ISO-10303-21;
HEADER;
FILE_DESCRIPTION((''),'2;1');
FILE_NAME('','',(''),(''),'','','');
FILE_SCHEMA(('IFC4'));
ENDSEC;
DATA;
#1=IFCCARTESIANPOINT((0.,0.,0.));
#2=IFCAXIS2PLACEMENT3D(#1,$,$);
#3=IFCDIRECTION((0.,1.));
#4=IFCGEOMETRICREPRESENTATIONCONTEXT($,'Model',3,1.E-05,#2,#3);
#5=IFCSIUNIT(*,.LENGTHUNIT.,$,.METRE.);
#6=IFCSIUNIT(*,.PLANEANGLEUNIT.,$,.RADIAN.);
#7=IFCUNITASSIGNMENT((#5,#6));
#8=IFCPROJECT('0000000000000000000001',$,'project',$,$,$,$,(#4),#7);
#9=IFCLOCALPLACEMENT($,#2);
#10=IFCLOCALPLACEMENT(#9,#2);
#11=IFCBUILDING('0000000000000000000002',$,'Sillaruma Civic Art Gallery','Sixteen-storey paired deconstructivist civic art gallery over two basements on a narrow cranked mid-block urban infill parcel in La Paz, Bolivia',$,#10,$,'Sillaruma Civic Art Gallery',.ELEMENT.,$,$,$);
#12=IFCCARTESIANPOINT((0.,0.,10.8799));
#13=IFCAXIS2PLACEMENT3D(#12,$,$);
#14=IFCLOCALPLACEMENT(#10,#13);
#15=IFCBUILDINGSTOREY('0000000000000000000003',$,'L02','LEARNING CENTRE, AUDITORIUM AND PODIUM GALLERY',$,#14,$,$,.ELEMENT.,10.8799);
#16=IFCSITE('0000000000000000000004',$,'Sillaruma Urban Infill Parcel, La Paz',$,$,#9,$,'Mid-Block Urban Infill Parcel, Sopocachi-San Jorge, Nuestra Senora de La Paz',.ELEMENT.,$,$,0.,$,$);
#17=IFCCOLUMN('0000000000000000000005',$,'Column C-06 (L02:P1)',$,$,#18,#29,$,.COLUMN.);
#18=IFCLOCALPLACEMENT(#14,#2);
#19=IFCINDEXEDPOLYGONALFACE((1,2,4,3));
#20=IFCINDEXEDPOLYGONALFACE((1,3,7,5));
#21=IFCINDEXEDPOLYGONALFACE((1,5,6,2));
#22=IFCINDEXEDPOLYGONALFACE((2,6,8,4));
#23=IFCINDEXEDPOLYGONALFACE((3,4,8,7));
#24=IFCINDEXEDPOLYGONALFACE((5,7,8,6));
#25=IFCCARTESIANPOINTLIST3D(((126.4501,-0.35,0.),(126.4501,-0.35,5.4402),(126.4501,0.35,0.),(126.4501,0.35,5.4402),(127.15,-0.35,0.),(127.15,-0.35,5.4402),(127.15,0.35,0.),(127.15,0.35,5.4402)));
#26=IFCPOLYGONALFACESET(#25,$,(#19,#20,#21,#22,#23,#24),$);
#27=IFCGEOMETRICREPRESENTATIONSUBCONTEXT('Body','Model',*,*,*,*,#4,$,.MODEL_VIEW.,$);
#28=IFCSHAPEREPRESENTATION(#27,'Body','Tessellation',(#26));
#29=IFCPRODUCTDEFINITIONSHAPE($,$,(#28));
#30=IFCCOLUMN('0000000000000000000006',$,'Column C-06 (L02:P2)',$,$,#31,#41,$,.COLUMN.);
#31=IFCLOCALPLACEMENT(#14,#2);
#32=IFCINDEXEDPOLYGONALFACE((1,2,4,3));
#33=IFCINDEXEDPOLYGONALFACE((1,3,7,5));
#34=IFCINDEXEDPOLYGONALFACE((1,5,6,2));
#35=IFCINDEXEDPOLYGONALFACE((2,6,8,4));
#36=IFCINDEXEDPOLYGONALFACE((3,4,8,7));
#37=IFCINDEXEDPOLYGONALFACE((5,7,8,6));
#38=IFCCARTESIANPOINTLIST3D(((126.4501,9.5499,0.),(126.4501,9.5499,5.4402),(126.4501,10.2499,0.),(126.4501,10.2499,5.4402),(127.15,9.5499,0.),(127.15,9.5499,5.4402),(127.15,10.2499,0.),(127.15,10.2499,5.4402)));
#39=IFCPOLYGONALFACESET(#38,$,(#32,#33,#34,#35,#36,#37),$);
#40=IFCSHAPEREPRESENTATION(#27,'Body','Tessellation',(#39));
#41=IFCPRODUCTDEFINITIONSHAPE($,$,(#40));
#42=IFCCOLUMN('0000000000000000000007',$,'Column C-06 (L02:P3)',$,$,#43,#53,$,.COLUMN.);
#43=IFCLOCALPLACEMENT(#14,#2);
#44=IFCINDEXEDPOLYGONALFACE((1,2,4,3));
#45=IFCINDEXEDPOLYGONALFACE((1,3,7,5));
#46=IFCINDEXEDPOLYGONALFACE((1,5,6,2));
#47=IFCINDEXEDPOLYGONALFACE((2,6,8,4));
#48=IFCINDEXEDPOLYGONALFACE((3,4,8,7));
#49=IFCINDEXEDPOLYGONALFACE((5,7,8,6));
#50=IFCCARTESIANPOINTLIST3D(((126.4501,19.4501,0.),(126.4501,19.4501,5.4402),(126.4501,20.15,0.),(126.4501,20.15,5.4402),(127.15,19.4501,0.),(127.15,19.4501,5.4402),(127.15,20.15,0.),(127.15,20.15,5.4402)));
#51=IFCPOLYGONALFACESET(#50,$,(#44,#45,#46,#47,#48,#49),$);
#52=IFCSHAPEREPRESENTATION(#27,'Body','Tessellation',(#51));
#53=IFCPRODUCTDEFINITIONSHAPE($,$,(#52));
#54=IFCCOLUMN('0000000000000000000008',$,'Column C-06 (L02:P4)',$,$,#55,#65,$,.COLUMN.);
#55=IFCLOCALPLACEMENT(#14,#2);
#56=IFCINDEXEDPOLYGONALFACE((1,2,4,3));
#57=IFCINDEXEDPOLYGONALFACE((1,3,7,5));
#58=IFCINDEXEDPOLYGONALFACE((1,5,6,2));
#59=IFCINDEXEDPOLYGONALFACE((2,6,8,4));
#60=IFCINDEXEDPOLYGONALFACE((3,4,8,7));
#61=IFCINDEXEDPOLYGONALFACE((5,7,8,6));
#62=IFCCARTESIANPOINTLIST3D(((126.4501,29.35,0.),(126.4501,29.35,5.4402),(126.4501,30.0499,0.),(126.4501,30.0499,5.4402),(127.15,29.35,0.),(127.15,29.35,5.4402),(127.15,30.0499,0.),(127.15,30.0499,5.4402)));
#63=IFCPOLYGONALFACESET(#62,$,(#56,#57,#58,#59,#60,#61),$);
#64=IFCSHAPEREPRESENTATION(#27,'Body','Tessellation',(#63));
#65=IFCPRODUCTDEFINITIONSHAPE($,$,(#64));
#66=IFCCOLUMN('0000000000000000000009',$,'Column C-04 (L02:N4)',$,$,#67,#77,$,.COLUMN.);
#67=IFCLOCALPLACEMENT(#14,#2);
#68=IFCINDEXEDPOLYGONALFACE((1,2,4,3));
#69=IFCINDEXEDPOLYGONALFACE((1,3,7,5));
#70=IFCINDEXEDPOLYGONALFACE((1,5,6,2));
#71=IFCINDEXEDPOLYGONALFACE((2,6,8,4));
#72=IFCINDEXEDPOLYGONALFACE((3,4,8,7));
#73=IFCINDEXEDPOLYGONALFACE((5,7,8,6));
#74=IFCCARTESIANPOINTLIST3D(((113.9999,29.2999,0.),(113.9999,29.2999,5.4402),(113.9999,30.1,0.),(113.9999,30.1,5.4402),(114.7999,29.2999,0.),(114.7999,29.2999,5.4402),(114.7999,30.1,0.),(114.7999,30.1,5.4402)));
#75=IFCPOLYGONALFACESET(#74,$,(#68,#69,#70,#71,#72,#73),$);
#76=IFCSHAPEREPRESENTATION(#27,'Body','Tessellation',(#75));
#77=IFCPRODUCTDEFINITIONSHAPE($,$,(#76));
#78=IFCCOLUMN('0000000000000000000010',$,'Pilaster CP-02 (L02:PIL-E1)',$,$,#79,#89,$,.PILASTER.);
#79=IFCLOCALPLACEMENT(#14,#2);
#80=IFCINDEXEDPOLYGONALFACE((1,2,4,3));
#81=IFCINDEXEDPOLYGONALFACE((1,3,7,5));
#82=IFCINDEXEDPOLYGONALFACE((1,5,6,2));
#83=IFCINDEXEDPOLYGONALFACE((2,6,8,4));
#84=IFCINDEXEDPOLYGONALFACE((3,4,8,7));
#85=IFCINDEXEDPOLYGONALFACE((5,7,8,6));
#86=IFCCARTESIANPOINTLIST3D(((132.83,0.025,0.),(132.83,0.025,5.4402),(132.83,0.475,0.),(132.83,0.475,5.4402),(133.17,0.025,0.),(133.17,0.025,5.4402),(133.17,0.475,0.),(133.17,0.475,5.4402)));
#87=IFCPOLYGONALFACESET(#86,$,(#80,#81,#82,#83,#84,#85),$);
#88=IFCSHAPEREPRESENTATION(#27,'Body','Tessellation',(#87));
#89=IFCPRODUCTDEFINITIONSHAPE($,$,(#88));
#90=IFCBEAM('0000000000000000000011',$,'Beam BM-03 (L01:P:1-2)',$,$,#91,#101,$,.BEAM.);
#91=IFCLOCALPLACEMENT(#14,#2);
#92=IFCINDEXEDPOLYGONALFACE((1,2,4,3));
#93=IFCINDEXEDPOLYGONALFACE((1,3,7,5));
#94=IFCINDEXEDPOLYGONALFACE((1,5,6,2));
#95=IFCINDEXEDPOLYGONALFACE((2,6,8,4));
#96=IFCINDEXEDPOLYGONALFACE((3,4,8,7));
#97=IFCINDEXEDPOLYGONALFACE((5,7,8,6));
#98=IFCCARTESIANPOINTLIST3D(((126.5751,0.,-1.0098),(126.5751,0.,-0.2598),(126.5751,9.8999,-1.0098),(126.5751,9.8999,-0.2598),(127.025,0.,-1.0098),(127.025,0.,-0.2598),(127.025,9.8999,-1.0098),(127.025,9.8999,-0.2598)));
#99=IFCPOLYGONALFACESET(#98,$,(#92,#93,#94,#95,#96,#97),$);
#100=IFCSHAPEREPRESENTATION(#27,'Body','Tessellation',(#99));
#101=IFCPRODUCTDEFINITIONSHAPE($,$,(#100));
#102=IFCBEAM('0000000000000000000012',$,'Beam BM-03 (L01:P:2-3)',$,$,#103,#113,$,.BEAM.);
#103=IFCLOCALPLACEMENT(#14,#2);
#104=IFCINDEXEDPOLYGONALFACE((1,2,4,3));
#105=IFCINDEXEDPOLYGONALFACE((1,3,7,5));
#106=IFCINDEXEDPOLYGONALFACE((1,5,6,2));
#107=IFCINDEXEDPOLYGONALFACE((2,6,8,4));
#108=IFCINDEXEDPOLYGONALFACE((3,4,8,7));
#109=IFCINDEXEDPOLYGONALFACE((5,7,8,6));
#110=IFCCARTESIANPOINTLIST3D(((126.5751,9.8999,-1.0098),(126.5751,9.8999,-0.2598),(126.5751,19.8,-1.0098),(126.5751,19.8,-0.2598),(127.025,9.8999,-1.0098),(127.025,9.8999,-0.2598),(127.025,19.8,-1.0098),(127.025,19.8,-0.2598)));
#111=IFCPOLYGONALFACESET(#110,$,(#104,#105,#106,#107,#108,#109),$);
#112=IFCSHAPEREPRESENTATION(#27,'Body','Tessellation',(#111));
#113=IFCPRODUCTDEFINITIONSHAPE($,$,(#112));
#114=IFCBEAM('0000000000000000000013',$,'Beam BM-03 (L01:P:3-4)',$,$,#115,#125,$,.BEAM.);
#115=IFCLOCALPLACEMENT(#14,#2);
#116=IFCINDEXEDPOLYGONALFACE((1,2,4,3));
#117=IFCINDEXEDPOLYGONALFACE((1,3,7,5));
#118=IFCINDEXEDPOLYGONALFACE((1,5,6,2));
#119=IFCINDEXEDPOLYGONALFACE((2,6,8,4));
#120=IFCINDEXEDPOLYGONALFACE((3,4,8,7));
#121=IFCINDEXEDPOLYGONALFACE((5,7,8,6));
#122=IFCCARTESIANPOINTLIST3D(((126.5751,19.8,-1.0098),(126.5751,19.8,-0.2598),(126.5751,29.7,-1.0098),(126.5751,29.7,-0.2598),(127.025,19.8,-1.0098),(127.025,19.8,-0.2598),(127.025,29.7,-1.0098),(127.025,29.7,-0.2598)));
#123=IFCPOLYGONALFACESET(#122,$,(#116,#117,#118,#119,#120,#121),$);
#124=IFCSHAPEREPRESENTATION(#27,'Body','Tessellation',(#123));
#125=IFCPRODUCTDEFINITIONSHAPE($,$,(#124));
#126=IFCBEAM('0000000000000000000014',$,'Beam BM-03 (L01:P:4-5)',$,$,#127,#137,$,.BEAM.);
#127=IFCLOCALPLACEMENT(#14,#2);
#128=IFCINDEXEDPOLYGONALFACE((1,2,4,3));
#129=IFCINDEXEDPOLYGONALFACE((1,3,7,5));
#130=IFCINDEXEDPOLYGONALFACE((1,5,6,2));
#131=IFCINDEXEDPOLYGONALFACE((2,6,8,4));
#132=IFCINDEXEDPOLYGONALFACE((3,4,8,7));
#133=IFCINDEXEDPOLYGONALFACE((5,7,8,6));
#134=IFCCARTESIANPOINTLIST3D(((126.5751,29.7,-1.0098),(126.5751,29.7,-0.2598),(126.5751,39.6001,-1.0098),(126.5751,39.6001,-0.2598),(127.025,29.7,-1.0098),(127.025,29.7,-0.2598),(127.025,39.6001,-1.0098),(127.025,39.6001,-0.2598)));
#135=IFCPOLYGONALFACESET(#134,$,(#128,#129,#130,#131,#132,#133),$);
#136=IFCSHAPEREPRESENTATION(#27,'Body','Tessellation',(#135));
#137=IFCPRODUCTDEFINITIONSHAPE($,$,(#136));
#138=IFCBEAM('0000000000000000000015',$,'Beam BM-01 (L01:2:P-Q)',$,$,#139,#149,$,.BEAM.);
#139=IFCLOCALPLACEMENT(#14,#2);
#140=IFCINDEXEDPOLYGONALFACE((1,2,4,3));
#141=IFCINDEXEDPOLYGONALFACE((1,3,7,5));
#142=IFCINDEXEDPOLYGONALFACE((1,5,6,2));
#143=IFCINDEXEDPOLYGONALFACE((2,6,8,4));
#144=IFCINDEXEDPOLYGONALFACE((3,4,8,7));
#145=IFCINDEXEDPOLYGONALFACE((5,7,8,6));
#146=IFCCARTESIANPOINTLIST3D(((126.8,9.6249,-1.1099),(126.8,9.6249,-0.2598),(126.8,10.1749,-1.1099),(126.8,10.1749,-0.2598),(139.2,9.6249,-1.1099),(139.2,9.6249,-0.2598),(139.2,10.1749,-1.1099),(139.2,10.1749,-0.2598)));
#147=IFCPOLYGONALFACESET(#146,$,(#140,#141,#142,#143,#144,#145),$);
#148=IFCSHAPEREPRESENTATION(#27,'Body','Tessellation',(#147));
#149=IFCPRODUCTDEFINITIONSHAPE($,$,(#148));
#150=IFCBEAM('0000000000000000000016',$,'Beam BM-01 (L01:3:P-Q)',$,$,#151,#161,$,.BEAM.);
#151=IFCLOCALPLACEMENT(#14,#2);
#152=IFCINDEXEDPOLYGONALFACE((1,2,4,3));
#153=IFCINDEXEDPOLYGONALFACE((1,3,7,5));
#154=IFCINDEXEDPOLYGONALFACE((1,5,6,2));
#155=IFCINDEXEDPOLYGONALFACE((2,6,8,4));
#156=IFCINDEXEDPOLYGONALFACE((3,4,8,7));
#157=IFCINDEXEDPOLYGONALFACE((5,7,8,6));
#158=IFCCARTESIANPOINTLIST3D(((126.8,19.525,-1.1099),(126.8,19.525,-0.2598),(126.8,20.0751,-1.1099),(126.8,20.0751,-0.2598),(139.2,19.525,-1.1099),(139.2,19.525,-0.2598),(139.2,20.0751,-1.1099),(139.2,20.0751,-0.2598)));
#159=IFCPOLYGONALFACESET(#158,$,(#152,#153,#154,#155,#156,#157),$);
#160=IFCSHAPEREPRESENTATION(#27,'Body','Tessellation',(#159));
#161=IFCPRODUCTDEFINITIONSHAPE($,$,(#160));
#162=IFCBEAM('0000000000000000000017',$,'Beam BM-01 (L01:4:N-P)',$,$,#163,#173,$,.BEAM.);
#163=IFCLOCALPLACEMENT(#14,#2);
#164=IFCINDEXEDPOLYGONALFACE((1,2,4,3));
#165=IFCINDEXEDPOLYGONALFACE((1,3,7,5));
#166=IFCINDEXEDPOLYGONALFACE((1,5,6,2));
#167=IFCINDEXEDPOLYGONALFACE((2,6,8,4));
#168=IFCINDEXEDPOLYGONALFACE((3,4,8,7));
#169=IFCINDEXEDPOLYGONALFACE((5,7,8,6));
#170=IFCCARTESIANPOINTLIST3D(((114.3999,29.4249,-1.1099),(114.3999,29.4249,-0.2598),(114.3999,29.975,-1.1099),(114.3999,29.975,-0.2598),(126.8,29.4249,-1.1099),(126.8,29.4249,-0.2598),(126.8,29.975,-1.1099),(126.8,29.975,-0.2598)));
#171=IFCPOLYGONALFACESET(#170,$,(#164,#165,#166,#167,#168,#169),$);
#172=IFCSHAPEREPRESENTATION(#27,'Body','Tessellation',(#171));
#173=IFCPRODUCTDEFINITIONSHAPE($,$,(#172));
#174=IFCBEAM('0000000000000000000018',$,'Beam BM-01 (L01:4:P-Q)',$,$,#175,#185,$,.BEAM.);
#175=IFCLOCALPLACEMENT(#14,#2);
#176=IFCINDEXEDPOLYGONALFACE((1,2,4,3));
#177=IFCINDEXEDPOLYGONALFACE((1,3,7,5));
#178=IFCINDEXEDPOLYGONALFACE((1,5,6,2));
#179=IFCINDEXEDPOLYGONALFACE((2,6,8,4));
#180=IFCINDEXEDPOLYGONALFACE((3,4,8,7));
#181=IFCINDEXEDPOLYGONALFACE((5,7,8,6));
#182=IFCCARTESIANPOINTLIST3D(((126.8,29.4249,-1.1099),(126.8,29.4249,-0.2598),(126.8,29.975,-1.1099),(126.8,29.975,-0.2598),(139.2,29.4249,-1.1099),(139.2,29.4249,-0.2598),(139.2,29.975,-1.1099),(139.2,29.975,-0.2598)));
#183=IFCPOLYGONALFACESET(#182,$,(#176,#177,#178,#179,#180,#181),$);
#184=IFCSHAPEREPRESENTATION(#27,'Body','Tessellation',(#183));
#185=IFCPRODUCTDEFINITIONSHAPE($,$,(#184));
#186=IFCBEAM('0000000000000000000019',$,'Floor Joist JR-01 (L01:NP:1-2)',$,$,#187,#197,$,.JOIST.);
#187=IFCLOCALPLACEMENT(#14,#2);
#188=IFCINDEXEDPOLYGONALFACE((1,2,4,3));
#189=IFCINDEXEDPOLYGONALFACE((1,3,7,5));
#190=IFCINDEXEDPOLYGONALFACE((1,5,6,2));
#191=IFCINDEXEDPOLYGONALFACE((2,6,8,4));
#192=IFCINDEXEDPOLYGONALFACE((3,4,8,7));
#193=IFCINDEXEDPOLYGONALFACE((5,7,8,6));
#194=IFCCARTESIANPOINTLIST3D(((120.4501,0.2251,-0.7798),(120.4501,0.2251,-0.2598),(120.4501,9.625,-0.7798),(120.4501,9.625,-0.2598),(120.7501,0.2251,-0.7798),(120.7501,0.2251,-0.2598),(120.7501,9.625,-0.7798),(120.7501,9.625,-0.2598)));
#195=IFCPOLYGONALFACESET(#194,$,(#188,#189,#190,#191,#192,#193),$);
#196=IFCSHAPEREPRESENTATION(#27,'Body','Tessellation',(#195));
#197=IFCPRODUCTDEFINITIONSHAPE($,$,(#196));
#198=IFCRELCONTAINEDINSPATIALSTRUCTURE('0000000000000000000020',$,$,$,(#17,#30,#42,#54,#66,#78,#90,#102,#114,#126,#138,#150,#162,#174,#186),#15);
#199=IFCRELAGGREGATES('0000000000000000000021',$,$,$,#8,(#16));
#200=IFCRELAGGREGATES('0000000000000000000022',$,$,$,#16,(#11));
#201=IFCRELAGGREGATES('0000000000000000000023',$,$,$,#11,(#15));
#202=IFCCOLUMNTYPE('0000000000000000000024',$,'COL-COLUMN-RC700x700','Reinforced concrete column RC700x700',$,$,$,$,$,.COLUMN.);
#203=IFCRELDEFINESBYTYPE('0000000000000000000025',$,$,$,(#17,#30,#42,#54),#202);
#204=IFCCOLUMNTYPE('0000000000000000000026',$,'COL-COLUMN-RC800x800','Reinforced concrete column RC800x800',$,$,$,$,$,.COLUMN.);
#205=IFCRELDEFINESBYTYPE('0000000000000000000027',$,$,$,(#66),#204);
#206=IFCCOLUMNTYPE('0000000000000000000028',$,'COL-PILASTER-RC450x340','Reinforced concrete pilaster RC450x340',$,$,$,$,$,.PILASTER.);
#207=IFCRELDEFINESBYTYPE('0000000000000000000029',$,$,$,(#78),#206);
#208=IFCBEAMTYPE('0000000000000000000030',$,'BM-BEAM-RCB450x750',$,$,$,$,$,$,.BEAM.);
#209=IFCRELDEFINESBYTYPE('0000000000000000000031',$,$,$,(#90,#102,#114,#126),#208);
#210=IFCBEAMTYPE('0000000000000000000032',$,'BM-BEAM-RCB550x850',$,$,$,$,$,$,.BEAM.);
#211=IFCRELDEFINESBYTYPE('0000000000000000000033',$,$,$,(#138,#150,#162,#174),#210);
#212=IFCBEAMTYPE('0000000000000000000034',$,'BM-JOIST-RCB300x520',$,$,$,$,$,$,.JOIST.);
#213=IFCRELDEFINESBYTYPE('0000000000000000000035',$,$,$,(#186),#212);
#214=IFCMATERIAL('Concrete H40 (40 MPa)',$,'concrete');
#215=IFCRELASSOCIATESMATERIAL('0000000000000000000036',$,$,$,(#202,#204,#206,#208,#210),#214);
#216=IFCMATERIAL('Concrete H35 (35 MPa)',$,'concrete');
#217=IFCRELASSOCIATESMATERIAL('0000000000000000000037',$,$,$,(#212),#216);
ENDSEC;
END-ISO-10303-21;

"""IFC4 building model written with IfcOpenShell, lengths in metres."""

from ifc_helpers import new_model, si_unit, direction, frame, origin, origin_2d, place, context, subcontext, project, spatial, rectangle, extrude, material, material_profile, profile_set, type_object, element, save


model = new_model("IFC4")

# Units and contexts
model_context = context("Model", 3, precision=1e-05, world=origin(), true_north=direction((0.0, 1.0)))
body_context = subcontext(model_context, "Body", "Model", "MODEL_VIEW")
ifc_project = project(units=[si_unit("LENGTHUNIT", "METRE"), si_unit("PLANEANGLEUNIT", "RADIAN")], contexts=[model_context])

# Site, building, storey
site_placement = place(None, origin())
site = spatial("IfcSite", under=ifc_project, at=site_placement, Name="Sillaruma Urban Infill Parcel, La Paz", LongName="Mid-Block Urban Infill Parcel, Sopocachi-San Jorge, Nuestra Senora de La Paz", CompositionType="ELEMENT", RefElevation=0.0)
building_placement = place(site_placement, origin())
building = spatial("IfcBuilding", under=site, at=building_placement, Name="Sillaruma Civic Art Gallery", Description="Sixteen-storey paired deconstructivist civic art gallery over two basements on a narrow cranked mid-block urban infill parcel in La Paz, Bolivia", LongName="Sillaruma Civic Art Gallery", CompositionType="ELEMENT")
storey_placement = place(building_placement, frame((0.0, 0.0, 10.8799)))
storey = spatial("IfcBuildingStorey", under=building, at=storey_placement, Name="L02", Description="LEARNING CENTRE, AUDITORIUM AND PODIUM GALLERY", CompositionType="ELEMENT", Elevation=10.8799)

# Columns
ifc_material_1 = material(Name="Concrete H40 (40 MPa)", Category="concrete")
ifc_material_profile_1 = material_profile(ifc_material_1, rectangle(XDim=0.7, YDim=0.7, at=origin_2d()), Name="RC700x700")
ifc_profile_set_1 = profile_set([ifc_material_profile_1], Name="Concrete H40 (40 MPa)")
column_type_1 = type_object("IfcColumnType", Name="COL-COLUMN-RC700x700", Description="Reinforced concrete column RC700x700", PredefinedType="COLUMN", material=ifc_profile_set_1)
for number, where, z_axis, x_axis, name in (
    (1, (126.8, 0.0, 0.0), (0.0, 0.0, 1.0), (1.0, 0.0, 0.0), "Column C-06 (L02:P1)"),
    (2, (126.8, 9.8999, 0.0), (0.0, 0.0, 1.0), (1.0, 0.0, 0.0), "Column C-06 (L02:P2)"),
    (3, (126.8, 19.8, 0.0), (0.0, 0.0, 1.0), (1.0, 0.0, 0.0), "Column C-06 (L02:P3)"),
    (4, (126.8, 29.7, 0.0), (0.0, 0.0, 1.0), (1.0, 0.0, 0.0), "Column C-06 (L02:P4)"),
):
    element("IfcColumn", number, at=place(storey_placement, frame(where, z_axis=z_axis, x_axis=x_axis)), inside=storey, type_object=column_type_1, Name=name, PredefinedType="COLUMN", context=body_context, shape_type="SweptSolid", body=[
        extrude(rectangle(XDim=0.7, YDim=0.7, at=origin_2d()), origin(), (0.0, 0.0, 1.0), 5.4402),
    ])
ifc_material_profile_2 = material_profile(ifc_material_1, rectangle(XDim=0.8, YDim=0.8, at=origin_2d()), Name="RC800x800")
ifc_profile_set_2 = profile_set([ifc_material_profile_2], Name="Concrete H40 (40 MPa)")
column_type_2 = type_object("IfcColumnType", Name="COL-COLUMN-RC800x800", Description="Reinforced concrete column RC800x800", PredefinedType="COLUMN", material=ifc_profile_set_2)
column_1_placement = place(storey_placement, frame((114.3999, 29.7, 0.0), z_axis=(0.0, 0.0, 1.0), x_axis=(1.0, 0.0, 0.0)))
element("IfcColumn", 5, at=column_1_placement, inside=storey, type_object=column_type_2, Name="Column C-04 (L02:N4)", PredefinedType="COLUMN", context=body_context, shape_type="SweptSolid", body=[
    extrude(rectangle(XDim=0.8, YDim=0.8, at=origin_2d()), origin(), (0.0, 0.0, 1.0), 5.4402),
])
ifc_material_profile_3 = material_profile(ifc_material_1, rectangle(XDim=0.3401, YDim=0.45, at=origin_2d()), Name="RC450x340")
ifc_profile_set_3 = profile_set([ifc_material_profile_3], Name="Concrete H40 (40 MPa)")
column_type_3 = type_object("IfcColumnType", Name="COL-PILASTER-RC450x340", Description="Reinforced concrete pilaster RC450x340", PredefinedType="PILASTER", material=ifc_profile_set_3)
column_2_placement = place(storey_placement, frame((133.0, 0.25, 0.0), z_axis=(0.0, 0.0, 1.0), x_axis=(1.0, 0.0, 0.0)))
element("IfcColumn", 6, at=column_2_placement, inside=storey, type_object=column_type_3, Name="Pilaster CP-02 (L02:PIL-E1)", PredefinedType="PILASTER", context=body_context, shape_type="SweptSolid", body=[
    extrude(rectangle(XDim=0.3401, YDim=0.45, at=origin_2d()), origin(), (0.0, 0.0, 1.0), 5.4402),
])

# Beams
ifc_material_profile_4 = material_profile(ifc_material_1, rectangle(XDim=0.45, YDim=0.75, at=origin_2d()), Name="RCB450x750")
ifc_profile_set_4 = profile_set([ifc_material_profile_4], Name="Concrete H40 (40 MPa)")
beam_type_1 = type_object("IfcBeamType", Name="BM-BEAM-RCB450x750", PredefinedType="BEAM", material=ifc_profile_set_4)
beam_1_placement = place(storey_placement, frame((126.8, 0.0, -0.6348), z_axis=(0.0, 1.0, 0.0), x_axis=(-1.0, 0.0, 0.0)))
element("IfcBeam", 7, at=beam_1_placement, inside=storey, type_object=beam_type_1, Name="Beam BM-03 (L01:P:1-2)", PredefinedType="BEAM", context=body_context, shape_type="SweptSolid", body=[
    extrude(rectangle(XDim=0.45, YDim=0.75, at=origin_2d()), origin(), (0.0, 0.0, 1.0), 9.8999),
])
beam_2_placement = place(storey_placement, frame((126.8, 9.8999, -0.6348), z_axis=(0.0, 1.0, 0.0), x_axis=(-1.0, 0.0, 0.0)))
element("IfcBeam", 8, at=beam_2_placement, inside=storey, type_object=beam_type_1, Name="Beam BM-03 (L01:P:2-3)", PredefinedType="BEAM", context=body_context, shape_type="SweptSolid", body=[
    extrude(rectangle(XDim=0.45, YDim=0.75, at=origin_2d()), origin(), (0.0, 0.0, 1.0), 9.9001),
])
beam_3_placement = place(storey_placement, frame((126.8, 19.8, -0.6348), z_axis=(0.0, 1.0, 0.0), x_axis=(-1.0, 0.0, 0.0)))
element("IfcBeam", 9, at=beam_3_placement, inside=storey, type_object=beam_type_1, Name="Beam BM-03 (L01:P:3-4)", PredefinedType="BEAM", context=body_context, shape_type="SweptSolid", body=[
    extrude(rectangle(XDim=0.45, YDim=0.75, at=origin_2d()), origin(), (0.0, 0.0, 1.0), 9.8999),
])
beam_4_placement = place(storey_placement, frame((126.8, 29.7, -0.6348), z_axis=(0.0, 1.0, 0.0), x_axis=(-1.0, 0.0, 0.0)))
element("IfcBeam", 10, at=beam_4_placement, inside=storey, type_object=beam_type_1, Name="Beam BM-03 (L01:P:4-5)", PredefinedType="BEAM", context=body_context, shape_type="SweptSolid", body=[
    extrude(rectangle(XDim=0.45, YDim=0.75, at=origin_2d()), origin(), (0.0, 0.0, 1.0), 9.9001),
])
ifc_material_profile_5 = material_profile(ifc_material_1, rectangle(XDim=0.55, YDim=0.8501, at=origin_2d()), Name="RCB550x850")
ifc_profile_set_5 = profile_set([ifc_material_profile_5], Name="Concrete H40 (40 MPa)")
beam_type_2 = type_object("IfcBeamType", Name="BM-BEAM-RCB550x850", PredefinedType="BEAM", material=ifc_profile_set_5)
for number, where, z_axis, x_axis, name in (
    (11, (126.8, 9.8999, -0.6848), (1.0, 0.0, 0.0), (0.0, 1.0, 0.0), "Beam BM-01 (L01:2:P-Q)"),
    (12, (126.8, 19.8, -0.6848), (1.0, 0.0, 0.0), (0.0, 1.0, 0.0), "Beam BM-01 (L01:3:P-Q)"),
):
    element("IfcBeam", number, at=place(storey_placement, frame(where, z_axis=z_axis, x_axis=x_axis)), inside=storey, type_object=beam_type_2, Name=name, PredefinedType="BEAM", context=body_context, shape_type="SweptSolid", body=[
        extrude(rectangle(XDim=0.55, YDim=0.8501, at=origin_2d()), origin(), (0.0, 0.0, 1.0), 12.3999),
    ])
beam_5_placement = place(storey_placement, frame((114.3999, 29.7, -0.6848), z_axis=(1.0, 0.0, 0.0), x_axis=(0.0, 1.0, 0.0)))
element("IfcBeam", 13, at=beam_5_placement, inside=storey, type_object=beam_type_2, Name="Beam BM-01 (L01:4:N-P)", PredefinedType="BEAM", context=body_context, shape_type="SweptSolid", body=[
    extrude(rectangle(XDim=0.55, YDim=0.8501, at=origin_2d()), origin(), (0.0, 0.0, 1.0), 12.4001),
])
beam_6_placement = place(storey_placement, frame((126.8, 29.7, -0.6848), z_axis=(1.0, 0.0, 0.0), x_axis=(0.0, 1.0, 0.0)))
element("IfcBeam", 14, at=beam_6_placement, inside=storey, type_object=beam_type_2, Name="Beam BM-01 (L01:4:P-Q)", PredefinedType="BEAM", context=body_context, shape_type="SweptSolid", body=[
    extrude(rectangle(XDim=0.55, YDim=0.8501, at=origin_2d()), origin(), (0.0, 0.0, 1.0), 12.3999),
])
ifc_material_2 = material(Name="Concrete H35 (35 MPa)", Category="concrete")
ifc_material_profile_6 = material_profile(ifc_material_2, rectangle(XDim=0.3, YDim=0.52, at=origin_2d()), Name="RCB300x520")
ifc_profile_set_6 = profile_set([ifc_material_profile_6], Name="Concrete H35 (35 MPa)")
beam_type_3 = type_object("IfcBeamType", Name="BM-JOIST-RCB300x520", PredefinedType="JOIST", material=ifc_profile_set_6)
for number, where, z_axis, x_axis, name in (
    (15, (120.6001, 0.2251, -0.5198), (0.0, 1.0, 0.0), (-1.0, 0.0, 0.0), "Floor Joist JR-01 (L01:NP:1-2)"),
):
    element("IfcBeam", number, at=place(storey_placement, frame(where, z_axis=z_axis, x_axis=x_axis)), inside=storey, type_object=beam_type_3, Name=name, PredefinedType="JOIST", context=body_context, shape_type="SweptSolid", body=[
        extrude(rectangle(XDim=0.3, YDim=0.52, at=origin_2d()), origin(), (0.0, 0.0, 1.0), 9.3999),
    ])

save(model, "model.ifc")
